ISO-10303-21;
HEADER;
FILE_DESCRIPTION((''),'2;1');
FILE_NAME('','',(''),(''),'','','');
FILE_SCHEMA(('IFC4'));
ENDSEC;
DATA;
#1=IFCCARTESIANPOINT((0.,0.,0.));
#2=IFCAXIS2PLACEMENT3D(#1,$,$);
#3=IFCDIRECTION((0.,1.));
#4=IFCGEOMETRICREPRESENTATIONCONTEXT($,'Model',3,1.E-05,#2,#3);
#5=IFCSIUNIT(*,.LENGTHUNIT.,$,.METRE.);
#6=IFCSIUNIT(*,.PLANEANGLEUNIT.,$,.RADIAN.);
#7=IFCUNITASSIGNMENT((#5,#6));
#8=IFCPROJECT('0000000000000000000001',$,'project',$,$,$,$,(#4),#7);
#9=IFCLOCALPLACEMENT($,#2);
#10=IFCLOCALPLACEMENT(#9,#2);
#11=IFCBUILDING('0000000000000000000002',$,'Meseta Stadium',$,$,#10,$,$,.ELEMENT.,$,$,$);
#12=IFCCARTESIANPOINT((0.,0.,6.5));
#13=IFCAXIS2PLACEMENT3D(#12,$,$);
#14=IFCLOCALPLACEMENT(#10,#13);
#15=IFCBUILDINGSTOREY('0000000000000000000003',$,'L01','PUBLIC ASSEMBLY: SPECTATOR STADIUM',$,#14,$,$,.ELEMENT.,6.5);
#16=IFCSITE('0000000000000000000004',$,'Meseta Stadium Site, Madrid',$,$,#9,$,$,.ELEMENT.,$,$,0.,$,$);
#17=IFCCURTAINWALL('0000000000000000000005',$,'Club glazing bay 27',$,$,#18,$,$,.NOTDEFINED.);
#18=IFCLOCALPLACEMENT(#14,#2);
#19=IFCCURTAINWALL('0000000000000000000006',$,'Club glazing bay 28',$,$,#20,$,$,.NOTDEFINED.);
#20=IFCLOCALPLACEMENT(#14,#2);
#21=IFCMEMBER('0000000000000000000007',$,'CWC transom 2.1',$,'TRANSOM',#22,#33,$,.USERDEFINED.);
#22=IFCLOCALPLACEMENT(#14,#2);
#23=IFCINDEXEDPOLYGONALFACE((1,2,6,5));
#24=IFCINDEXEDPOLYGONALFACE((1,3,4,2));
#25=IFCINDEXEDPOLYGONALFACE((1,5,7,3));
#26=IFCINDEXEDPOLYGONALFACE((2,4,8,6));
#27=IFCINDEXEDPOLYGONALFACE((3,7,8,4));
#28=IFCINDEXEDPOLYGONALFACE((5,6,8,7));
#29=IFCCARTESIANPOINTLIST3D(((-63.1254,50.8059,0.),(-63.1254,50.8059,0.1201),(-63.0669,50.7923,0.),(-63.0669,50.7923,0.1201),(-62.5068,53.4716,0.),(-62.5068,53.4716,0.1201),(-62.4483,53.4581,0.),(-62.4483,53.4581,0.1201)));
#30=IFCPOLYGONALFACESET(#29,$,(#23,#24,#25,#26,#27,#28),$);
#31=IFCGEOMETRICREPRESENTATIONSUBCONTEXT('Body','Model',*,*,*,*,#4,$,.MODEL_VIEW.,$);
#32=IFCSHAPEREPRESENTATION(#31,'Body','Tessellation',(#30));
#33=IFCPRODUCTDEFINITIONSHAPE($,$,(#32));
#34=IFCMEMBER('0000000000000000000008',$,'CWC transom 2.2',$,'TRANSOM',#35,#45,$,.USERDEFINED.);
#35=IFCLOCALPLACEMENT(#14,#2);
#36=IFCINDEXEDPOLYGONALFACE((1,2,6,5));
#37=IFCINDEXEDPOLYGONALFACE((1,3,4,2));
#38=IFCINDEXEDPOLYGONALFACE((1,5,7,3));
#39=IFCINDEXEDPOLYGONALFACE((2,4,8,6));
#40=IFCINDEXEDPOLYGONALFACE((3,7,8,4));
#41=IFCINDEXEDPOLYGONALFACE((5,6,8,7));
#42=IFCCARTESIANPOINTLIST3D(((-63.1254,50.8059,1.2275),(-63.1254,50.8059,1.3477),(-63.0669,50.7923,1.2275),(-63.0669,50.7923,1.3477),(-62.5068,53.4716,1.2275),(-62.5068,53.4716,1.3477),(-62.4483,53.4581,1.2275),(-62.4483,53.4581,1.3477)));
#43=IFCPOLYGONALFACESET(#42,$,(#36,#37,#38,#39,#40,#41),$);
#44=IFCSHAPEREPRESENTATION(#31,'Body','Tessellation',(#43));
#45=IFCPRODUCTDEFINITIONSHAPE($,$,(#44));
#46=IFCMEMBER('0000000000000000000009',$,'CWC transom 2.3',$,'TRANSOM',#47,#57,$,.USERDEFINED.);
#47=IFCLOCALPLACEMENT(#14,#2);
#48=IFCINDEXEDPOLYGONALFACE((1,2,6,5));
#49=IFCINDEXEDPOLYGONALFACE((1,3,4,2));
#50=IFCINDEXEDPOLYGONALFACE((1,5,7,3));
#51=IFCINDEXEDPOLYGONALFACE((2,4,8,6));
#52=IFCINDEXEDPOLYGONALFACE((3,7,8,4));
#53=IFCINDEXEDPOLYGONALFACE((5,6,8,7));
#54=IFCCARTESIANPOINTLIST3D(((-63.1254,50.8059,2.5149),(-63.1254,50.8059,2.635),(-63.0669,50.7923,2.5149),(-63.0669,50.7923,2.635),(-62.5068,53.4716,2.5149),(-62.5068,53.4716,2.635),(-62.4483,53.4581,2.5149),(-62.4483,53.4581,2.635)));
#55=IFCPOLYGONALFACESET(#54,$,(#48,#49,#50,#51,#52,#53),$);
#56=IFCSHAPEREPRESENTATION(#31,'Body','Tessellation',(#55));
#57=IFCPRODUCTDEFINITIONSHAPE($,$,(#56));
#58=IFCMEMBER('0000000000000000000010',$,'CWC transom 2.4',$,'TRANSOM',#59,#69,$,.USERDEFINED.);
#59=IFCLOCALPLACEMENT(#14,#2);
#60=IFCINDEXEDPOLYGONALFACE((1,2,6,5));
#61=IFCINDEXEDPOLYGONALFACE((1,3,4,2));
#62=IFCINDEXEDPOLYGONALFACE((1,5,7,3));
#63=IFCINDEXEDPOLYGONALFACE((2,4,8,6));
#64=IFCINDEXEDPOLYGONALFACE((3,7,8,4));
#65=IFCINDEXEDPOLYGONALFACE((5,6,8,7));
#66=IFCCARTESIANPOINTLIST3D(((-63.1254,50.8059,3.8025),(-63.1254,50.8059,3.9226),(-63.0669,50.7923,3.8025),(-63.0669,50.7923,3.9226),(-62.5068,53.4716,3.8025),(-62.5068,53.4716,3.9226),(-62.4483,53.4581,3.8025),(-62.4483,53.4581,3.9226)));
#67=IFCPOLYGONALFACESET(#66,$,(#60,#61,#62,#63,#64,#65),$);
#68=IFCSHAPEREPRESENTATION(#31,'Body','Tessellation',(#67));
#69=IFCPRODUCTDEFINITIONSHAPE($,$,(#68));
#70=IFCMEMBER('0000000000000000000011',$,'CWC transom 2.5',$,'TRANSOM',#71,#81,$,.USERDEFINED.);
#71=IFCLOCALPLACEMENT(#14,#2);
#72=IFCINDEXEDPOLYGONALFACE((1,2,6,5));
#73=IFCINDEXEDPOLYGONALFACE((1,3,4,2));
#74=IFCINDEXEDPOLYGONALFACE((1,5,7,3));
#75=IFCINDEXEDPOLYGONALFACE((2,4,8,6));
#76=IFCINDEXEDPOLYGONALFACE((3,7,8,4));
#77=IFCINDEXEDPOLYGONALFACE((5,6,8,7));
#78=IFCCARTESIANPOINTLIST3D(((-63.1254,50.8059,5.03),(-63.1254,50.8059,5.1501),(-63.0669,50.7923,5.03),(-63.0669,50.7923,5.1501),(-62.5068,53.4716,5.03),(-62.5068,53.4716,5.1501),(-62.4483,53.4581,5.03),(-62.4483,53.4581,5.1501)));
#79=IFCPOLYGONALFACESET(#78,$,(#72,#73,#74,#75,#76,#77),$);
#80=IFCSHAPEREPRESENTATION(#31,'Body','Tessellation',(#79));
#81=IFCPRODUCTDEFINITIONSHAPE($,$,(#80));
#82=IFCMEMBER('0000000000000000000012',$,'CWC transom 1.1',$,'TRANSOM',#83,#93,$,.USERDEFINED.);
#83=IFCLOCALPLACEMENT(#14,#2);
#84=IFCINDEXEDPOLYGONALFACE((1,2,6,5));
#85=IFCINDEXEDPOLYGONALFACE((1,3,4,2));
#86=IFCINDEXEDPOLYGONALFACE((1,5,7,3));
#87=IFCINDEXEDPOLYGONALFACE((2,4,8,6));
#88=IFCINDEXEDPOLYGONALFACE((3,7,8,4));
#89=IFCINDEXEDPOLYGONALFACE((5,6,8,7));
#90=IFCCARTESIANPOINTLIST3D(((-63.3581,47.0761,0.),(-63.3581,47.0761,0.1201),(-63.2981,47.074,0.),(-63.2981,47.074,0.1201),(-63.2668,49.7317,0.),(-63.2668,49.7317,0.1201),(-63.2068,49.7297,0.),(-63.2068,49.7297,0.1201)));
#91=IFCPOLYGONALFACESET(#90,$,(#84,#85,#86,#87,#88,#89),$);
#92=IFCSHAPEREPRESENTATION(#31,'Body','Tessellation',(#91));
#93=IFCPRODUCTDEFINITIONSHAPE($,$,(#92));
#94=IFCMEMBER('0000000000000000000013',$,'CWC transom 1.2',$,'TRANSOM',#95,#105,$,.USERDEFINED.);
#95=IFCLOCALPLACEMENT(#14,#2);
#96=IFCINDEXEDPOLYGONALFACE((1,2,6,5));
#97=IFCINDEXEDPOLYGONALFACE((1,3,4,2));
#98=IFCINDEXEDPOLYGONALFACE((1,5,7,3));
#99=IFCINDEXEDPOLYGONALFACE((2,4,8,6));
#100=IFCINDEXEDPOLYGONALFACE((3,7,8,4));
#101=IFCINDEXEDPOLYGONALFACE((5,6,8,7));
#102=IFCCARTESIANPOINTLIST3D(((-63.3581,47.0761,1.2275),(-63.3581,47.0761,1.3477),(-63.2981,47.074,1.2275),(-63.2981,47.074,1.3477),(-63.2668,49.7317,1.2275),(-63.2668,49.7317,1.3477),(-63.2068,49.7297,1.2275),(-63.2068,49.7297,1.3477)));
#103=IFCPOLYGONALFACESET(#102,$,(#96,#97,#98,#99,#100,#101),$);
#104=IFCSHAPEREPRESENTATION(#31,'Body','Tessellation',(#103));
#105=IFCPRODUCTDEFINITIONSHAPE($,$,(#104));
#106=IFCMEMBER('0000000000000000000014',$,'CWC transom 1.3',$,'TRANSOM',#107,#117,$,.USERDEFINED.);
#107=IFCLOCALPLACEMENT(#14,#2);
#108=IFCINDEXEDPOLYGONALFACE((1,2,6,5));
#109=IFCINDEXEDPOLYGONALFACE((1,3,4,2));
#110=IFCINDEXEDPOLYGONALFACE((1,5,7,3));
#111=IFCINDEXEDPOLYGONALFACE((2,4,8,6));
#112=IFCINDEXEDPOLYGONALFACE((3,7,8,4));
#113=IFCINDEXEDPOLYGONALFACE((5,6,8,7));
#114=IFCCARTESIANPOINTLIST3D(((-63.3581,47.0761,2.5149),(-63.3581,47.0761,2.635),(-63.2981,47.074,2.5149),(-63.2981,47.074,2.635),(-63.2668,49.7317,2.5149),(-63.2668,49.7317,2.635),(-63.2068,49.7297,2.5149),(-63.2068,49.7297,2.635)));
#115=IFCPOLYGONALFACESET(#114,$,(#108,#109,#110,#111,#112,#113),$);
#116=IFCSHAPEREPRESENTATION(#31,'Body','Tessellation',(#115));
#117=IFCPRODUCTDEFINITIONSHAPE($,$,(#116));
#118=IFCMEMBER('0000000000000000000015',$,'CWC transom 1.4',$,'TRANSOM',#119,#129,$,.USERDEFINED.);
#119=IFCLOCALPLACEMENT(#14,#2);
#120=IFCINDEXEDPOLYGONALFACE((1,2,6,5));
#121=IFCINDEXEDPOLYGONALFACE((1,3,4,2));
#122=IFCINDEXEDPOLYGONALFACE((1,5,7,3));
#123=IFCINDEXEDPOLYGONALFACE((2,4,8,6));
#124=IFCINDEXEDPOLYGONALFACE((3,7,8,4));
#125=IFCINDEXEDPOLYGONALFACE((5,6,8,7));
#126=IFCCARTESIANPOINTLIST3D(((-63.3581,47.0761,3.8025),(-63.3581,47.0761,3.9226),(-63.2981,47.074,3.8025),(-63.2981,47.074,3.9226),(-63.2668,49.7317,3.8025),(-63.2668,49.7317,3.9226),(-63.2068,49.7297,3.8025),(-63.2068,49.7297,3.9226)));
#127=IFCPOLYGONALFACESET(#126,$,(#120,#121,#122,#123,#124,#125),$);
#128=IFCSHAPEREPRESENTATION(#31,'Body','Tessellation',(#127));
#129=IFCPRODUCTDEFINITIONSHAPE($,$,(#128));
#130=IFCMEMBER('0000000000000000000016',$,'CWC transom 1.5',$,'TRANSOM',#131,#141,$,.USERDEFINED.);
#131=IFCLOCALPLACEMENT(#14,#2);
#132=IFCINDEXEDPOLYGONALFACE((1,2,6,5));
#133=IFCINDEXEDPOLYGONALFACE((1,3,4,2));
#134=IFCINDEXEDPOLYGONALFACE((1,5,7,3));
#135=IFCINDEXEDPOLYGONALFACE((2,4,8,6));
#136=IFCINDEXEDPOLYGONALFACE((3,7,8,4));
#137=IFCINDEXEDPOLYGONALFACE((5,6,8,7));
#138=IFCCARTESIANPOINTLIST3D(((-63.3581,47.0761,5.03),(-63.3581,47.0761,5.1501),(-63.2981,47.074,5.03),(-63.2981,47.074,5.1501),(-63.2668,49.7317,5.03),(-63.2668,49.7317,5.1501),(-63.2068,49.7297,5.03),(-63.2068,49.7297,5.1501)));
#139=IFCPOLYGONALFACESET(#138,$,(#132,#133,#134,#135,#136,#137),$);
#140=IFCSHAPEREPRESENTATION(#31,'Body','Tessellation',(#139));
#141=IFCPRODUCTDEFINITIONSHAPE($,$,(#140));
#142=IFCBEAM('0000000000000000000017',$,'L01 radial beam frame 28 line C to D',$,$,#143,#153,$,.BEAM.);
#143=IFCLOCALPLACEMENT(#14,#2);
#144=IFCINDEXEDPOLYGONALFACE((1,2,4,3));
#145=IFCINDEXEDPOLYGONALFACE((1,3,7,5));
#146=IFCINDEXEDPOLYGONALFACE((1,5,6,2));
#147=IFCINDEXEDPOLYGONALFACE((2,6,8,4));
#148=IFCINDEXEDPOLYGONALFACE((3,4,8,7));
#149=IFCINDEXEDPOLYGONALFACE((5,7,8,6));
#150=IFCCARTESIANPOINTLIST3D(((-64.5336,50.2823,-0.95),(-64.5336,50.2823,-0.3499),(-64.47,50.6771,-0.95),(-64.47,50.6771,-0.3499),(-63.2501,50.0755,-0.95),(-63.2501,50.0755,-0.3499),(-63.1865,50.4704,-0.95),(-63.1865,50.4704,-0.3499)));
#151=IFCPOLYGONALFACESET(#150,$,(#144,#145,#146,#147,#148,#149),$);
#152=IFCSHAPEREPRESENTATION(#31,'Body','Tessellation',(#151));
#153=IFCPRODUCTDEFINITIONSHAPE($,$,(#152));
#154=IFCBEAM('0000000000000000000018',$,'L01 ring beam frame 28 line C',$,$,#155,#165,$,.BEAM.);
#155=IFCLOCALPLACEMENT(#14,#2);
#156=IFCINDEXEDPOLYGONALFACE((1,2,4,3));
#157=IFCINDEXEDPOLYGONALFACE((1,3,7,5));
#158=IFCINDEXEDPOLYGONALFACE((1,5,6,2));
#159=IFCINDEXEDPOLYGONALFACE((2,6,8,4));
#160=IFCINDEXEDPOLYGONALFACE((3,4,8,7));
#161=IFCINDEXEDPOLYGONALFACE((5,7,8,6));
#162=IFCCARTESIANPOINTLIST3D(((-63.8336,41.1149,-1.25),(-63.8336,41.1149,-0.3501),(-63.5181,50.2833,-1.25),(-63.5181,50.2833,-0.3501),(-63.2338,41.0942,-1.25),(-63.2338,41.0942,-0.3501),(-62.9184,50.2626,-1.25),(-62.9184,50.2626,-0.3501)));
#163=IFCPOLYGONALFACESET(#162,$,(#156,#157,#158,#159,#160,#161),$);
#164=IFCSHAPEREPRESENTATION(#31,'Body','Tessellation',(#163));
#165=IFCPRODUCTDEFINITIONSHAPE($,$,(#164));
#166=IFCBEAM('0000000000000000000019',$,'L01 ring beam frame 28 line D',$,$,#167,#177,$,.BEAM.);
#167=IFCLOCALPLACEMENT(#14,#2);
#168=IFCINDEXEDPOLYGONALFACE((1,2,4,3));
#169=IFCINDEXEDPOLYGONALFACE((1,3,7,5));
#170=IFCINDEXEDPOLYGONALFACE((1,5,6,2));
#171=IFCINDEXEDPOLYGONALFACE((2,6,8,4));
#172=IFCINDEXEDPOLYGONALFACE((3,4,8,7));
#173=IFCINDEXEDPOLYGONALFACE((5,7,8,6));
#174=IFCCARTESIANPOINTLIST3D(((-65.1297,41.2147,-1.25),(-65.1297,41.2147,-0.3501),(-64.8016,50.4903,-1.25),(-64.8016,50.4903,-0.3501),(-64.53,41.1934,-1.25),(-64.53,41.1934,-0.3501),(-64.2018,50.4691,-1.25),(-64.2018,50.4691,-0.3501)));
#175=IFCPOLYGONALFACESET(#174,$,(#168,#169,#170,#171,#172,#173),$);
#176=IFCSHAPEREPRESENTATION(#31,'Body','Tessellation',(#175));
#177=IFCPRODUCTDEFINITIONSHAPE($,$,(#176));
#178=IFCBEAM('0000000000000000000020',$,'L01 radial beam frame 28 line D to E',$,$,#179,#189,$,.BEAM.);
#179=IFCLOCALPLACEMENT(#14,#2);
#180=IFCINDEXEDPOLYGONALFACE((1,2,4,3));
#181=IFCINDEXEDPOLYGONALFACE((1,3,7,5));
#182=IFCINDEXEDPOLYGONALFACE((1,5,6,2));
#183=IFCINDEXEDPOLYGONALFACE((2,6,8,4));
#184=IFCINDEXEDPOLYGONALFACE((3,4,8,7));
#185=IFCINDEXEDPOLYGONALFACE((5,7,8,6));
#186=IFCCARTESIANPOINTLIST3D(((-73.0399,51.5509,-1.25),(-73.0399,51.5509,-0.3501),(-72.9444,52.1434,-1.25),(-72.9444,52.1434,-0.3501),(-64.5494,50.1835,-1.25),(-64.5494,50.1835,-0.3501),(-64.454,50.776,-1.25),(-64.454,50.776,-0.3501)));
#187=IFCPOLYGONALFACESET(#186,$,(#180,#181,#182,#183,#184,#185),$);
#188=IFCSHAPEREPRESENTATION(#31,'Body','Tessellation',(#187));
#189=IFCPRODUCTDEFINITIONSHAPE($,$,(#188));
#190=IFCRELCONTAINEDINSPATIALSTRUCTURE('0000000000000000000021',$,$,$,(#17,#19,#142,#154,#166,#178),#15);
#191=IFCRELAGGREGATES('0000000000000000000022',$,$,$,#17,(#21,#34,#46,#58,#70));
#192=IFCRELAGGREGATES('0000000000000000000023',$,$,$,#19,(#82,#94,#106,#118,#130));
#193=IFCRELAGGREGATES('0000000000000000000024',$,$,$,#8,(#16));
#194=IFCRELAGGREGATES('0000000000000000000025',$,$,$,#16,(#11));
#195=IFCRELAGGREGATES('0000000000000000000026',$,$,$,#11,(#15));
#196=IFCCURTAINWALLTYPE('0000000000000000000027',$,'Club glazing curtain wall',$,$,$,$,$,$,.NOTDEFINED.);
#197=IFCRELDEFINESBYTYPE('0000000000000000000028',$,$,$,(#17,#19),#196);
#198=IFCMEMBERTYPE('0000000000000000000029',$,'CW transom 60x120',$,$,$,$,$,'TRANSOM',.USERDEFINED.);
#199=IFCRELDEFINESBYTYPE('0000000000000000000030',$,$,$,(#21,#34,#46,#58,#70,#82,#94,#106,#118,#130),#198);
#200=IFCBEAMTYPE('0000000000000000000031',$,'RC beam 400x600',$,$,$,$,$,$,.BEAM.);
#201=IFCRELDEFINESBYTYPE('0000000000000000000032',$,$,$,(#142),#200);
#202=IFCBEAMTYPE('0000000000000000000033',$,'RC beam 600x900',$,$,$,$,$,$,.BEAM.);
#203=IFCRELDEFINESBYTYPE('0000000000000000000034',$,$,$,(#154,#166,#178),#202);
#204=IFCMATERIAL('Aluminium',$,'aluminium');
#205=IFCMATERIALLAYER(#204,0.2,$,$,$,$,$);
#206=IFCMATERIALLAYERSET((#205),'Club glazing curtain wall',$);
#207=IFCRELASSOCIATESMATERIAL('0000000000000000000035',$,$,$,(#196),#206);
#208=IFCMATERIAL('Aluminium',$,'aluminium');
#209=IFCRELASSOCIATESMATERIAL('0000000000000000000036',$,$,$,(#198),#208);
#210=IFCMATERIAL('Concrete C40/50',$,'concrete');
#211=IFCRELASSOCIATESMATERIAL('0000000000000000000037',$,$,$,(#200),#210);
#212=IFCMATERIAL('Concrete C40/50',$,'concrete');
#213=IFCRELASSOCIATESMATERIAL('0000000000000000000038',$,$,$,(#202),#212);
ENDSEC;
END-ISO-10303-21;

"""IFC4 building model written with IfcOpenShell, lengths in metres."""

from ifc_helpers import new_model, si_unit, direction, frame, origin, origin_2d, place, context, subcontext, project, spatial, rectangle, extrude, material, layer, layer_set, material_profile, profile_set, type_object, element, aggregate, save


model = new_model("IFC4")

# Units and contexts
model_context = context("Model", 3, precision=1e-05, world=origin(), true_north=direction((0.0, 1.0)))
body_context = subcontext(model_context, "Body", "Model", "MODEL_VIEW")
ifc_project = project(units=[si_unit("LENGTHUNIT", "METRE"), si_unit("PLANEANGLEUNIT", "RADIAN")], contexts=[model_context])

# Site, building, storey
site_placement = place(None, origin())
site = spatial("IfcSite", under=ifc_project, at=site_placement, Name="Meseta Stadium Site, Madrid", CompositionType="ELEMENT", RefElevation=0.0)
building_placement = place(site_placement, origin())
building = spatial("IfcBuilding", under=site, at=building_placement, Name="Meseta Stadium", CompositionType="ELEMENT")
storey_placement = place(building_placement, frame((0.0, 0.0, 6.5)))
storey = spatial("IfcBuildingStorey", under=building, at=storey_placement, Name="L01", Description="PUBLIC ASSEMBLY: SPECTATOR STADIUM", CompositionType="ELEMENT", Elevation=6.5)

# Curtain walls
ifc_material_1 = material(Name="Aluminium", Category="aluminium")
ifc_layer_1 = layer(ifc_material_1, 0.2)
ifc_layer_set_1 = layer_set([ifc_layer_1], Name="Club glazing curtain wall")
curtain_wall_type = type_object("IfcCurtainWallType", Name="Club glazing curtain wall", PredefinedType="NOTDEFINED", material=ifc_layer_set_1)
curtain_wall_1_placement = place(storey_placement, origin())
curtain_wall_1 = element("IfcCurtainWall", 1, at=curtain_wall_1_placement, inside=storey, type_object=curtain_wall_type, Name="Club glazing bay 27", PredefinedType="NOTDEFINED")
curtain_wall_2_placement = place(storey_placement, origin())
curtain_wall_2 = element("IfcCurtainWall", 2, at=curtain_wall_2_placement, inside=storey, type_object=curtain_wall_type, Name="Club glazing bay 28", PredefinedType="NOTDEFINED")

# Members
ifc_material_2 = material(Name="Aluminium", Category="aluminium")
ifc_material_profile_1 = material_profile(ifc_material_2, rectangle(XDim=0.0601, YDim=0.1201, at=origin_2d()), Name="CW 60x120")
ifc_profile_set_1 = profile_set([ifc_material_profile_1], Name="Aluminium")
member_type_1 = type_object("IfcMemberType", Name="CW transom 60x120", ElementType="TRANSOM", PredefinedType="USERDEFINED", material=ifc_profile_set_1)
member_1_placement = place(storey_placement, frame((-62.4775, 53.4648, 0.0601), z_axis=(-0.226065, -0.974112, 0.0), x_axis=(0.974112, -0.226065, 0.0)))
member_1 = element("IfcMember", 3, at=member_1_placement, type_object=member_type_1, Name="CWC transom 2.1", ObjectType="TRANSOM", PredefinedType="USERDEFINED", context=body_context, shape_type="SweptSolid", body=[
    extrude(rectangle(XDim=0.0601, YDim=0.1201, at=origin_2d()), origin(), (0.0, 0.0, 1.0), 2.7366),
])
member_2_placement = place(storey_placement, frame((-62.4775, 53.4648, 1.2876), z_axis=(-0.226065, -0.974112, 0.0), x_axis=(0.974112, -0.226065, 0.0)))
member_2 = element("IfcMember", 4, at=member_2_placement, type_object=member_type_1, Name="CWC transom 2.2", ObjectType="TRANSOM", PredefinedType="USERDEFINED", context=body_context, shape_type="SweptSolid", body=[
    extrude(rectangle(XDim=0.0601, YDim=0.1201, at=origin_2d()), origin(), (0.0, 0.0, 1.0), 2.7366),
])
member_3_placement = place(storey_placement, frame((-62.4775, 53.4648, 2.575), z_axis=(-0.226065, -0.974112, 0.0), x_axis=(0.974112, -0.226065, 0.0)))
member_3 = element("IfcMember", 5, at=member_3_placement, type_object=member_type_1, Name="CWC transom 2.3", ObjectType="TRANSOM", PredefinedType="USERDEFINED", context=body_context, shape_type="SweptSolid", body=[
    extrude(rectangle(XDim=0.0601, YDim=0.1201, at=origin_2d()), origin(), (0.0, 0.0, 1.0), 2.7366),
])
member_4_placement = place(storey_placement, frame((-62.4775, 53.4648, 3.8625), z_axis=(-0.226065, -0.974112, 0.0), x_axis=(0.974112, -0.226065, 0.0)))
member_4 = element("IfcMember", 6, at=member_4_placement, type_object=member_type_1, Name="CWC transom 2.4", ObjectType="TRANSOM", PredefinedType="USERDEFINED", context=body_context, shape_type="SweptSolid", body=[
    extrude(rectangle(XDim=0.0601, YDim=0.1201, at=origin_2d()), origin(), (0.0, 0.0, 1.0), 2.7366),
])
member_5_placement = place(storey_placement, frame((-62.4775, 53.4648, 5.0901), z_axis=(-0.226065, -0.974112, 0.0), x_axis=(0.974112, -0.226065, 0.0)))
member_5 = element("IfcMember", 7, at=member_5_placement, type_object=member_type_1, Name="CWC transom 2.5", ObjectType="TRANSOM", PredefinedType="USERDEFINED", context=body_context, shape_type="SweptSolid", body=[
    extrude(rectangle(XDim=0.0601, YDim=0.1201, at=origin_2d()), origin(), (0.0, 0.0, 1.0), 2.7366),
])
member_6_placement = place(storey_placement, frame((-63.2368, 49.7307, 0.0601), z_axis=(-0.034361, -0.999409, 0.0), x_axis=(0.999409, -0.034361, 0.0)))
member_6 = element("IfcMember", 8, at=member_6_placement, type_object=member_type_1, Name="CWC transom 1.1", ObjectType="TRANSOM", PredefinedType="USERDEFINED", context=body_context, shape_type="SweptSolid", body=[
    extrude(rectangle(XDim=0.0601, YDim=0.1201, at=origin_2d()), origin(), (0.0, 0.0, 1.0), 2.6572),
])
member_7_placement = place(storey_placement, frame((-63.2368, 49.7307, 1.2876), z_axis=(-0.034361, -0.999409, 0.0), x_axis=(0.999409, -0.034361, 0.0)))
member_7 = element("IfcMember", 9, at=member_7_placement, type_object=member_type_1, Name="CWC transom 1.2", ObjectType="TRANSOM", PredefinedType="USERDEFINED", context=body_context, shape_type="SweptSolid", body=[
    extrude(rectangle(XDim=0.0601, YDim=0.1201, at=origin_2d()), origin(), (0.0, 0.0, 1.0), 2.6572),
])
member_8_placement = place(storey_placement, frame((-63.2368, 49.7307, 2.575), z_axis=(-0.034361, -0.999409, 0.0), x_axis=(0.999409, -0.034361, 0.0)))
member_8 = element("IfcMember", 10, at=member_8_placement, type_object=member_type_1, Name="CWC transom 1.3", ObjectType="TRANSOM", PredefinedType="USERDEFINED", context=body_context, shape_type="SweptSolid", body=[
    extrude(rectangle(XDim=0.0601, YDim=0.1201, at=origin_2d()), origin(), (0.0, 0.0, 1.0), 2.6572),
])
member_9_placement = place(storey_placement, frame((-63.2368, 49.7307, 3.8625), z_axis=(-0.034361, -0.999409, 0.0), x_axis=(0.999409, -0.034361, 0.0)))
member_9 = element("IfcMember", 11, at=member_9_placement, type_object=member_type_1, Name="CWC transom 1.4", ObjectType="TRANSOM", PredefinedType="USERDEFINED", context=body_context, shape_type="SweptSolid", body=[
    extrude(rectangle(XDim=0.0601, YDim=0.1201, at=origin_2d()), origin(), (0.0, 0.0, 1.0), 2.6572),
])
member_10_placement = place(storey_placement, frame((-63.2368, 49.7307, 5.0901), z_axis=(-0.034361, -0.999409, 0.0), x_axis=(0.999409, -0.034361, 0.0)))
member_10 = element("IfcMember", 12, at=member_10_placement, type_object=member_type_1, Name="CWC transom 1.5", ObjectType="TRANSOM", PredefinedType="USERDEFINED", context=body_context, shape_type="SweptSolid", body=[
    extrude(rectangle(XDim=0.0601, YDim=0.1201, at=origin_2d()), origin(), (0.0, 0.0, 1.0), 2.6572),
])

# Beams
ifc_material_3 = material(Name="Concrete C40/50", Category="concrete")
ifc_material_profile_2 = material_profile(ifc_material_3, rectangle(XDim=0.3999, YDim=0.6001, at=origin_2d()), Name="RC 400x600")
ifc_profile_set_2 = profile_set([ifc_material_profile_2], Name="Concrete C40/50")
beam_type_1 = type_object("IfcBeamType", Name="RC beam 400x600", PredefinedType="BEAM", material=ifc_profile_set_2)
beam_1_placement = place(storey_placement, frame((-63.2183, 50.2729, -0.6499), z_axis=(-0.987268, 0.159067, 0.0), x_axis=(-0.159067, -0.987268, 0.0)))
element("IfcBeam", 13, at=beam_1_placement, inside=storey, type_object=beam_type_1, Name="L01 radial beam frame 28 line C to D", PredefinedType="BEAM", context=body_context, shape_type="SweptSolid", body=[
    extrude(rectangle(XDim=0.3999, YDim=0.6001, at=origin_2d()), origin(), (0.0, 0.0, 1.0), 1.3),
])
ifc_material_4 = material(Name="Concrete C40/50", Category="concrete")
ifc_material_profile_3 = material_profile(ifc_material_4, rectangle(XDim=0.6001, YDim=0.8999, at=origin_2d()), Name="RC 600x900")
ifc_profile_set_3 = profile_set([ifc_material_profile_3], Name="Concrete C40/50")
beam_type_2 = type_object("IfcBeamType", Name="RC beam 600x900", PredefinedType="BEAM", material=ifc_profile_set_3)
beam_2_placement = place(storey_placement, frame((-63.2183, 50.2729, -0.8), z_axis=(-0.034383, -0.999409, 0.0), x_axis=(0.999409, -0.034383, 0.0)))
element("IfcBeam", 14, at=beam_2_placement, inside=storey, type_object=beam_type_2, Name="L01 ring beam frame 28 line C", PredefinedType="BEAM", context=body_context, shape_type="SweptSolid", body=[
    extrude(rectangle(XDim=0.6001, YDim=0.8999, at=origin_2d()), origin(), (0.0, 0.0, 1.0), 9.1738),
])
beam_3_placement = place(storey_placement, frame((-64.5017, 50.4797, -0.8), z_axis=(-0.035353, -0.999375, 0.0), x_axis=(0.999375, -0.035353, 0.0)))
element("IfcBeam", 15, at=beam_3_placement, inside=storey, type_object=beam_type_2, Name="L01 ring beam frame 28 line D", PredefinedType="BEAM", context=body_context, shape_type="SweptSolid", body=[
    extrude(rectangle(XDim=0.6001, YDim=0.8999, at=origin_2d()), origin(), (0.0, 0.0, 1.0), 9.2815),
])
beam_4_placement = place(storey_placement, frame((-64.5017, 50.4797, -0.8), z_axis=(-0.987278, 0.159006, 0.0), x_axis=(-0.159006, -0.987278, 0.0)))
element("IfcBeam", 16, at=beam_4_placement, inside=storey, type_object=beam_type_2, Name="L01 radial beam frame 28 line D to E", PredefinedType="BEAM", context=body_context, shape_type="SweptSolid", body=[
    extrude(rectangle(XDim=0.6001, YDim=0.8999, at=origin_2d()), origin(), (0.0, 0.0, 1.0), 8.5999),
])

aggregate(curtain_wall_1, [member_1, member_2, member_3, member_4, member_5])
aggregate(curtain_wall_2, [member_6, member_7, member_8, member_9, member_10])

save(model, "model.ifc")
